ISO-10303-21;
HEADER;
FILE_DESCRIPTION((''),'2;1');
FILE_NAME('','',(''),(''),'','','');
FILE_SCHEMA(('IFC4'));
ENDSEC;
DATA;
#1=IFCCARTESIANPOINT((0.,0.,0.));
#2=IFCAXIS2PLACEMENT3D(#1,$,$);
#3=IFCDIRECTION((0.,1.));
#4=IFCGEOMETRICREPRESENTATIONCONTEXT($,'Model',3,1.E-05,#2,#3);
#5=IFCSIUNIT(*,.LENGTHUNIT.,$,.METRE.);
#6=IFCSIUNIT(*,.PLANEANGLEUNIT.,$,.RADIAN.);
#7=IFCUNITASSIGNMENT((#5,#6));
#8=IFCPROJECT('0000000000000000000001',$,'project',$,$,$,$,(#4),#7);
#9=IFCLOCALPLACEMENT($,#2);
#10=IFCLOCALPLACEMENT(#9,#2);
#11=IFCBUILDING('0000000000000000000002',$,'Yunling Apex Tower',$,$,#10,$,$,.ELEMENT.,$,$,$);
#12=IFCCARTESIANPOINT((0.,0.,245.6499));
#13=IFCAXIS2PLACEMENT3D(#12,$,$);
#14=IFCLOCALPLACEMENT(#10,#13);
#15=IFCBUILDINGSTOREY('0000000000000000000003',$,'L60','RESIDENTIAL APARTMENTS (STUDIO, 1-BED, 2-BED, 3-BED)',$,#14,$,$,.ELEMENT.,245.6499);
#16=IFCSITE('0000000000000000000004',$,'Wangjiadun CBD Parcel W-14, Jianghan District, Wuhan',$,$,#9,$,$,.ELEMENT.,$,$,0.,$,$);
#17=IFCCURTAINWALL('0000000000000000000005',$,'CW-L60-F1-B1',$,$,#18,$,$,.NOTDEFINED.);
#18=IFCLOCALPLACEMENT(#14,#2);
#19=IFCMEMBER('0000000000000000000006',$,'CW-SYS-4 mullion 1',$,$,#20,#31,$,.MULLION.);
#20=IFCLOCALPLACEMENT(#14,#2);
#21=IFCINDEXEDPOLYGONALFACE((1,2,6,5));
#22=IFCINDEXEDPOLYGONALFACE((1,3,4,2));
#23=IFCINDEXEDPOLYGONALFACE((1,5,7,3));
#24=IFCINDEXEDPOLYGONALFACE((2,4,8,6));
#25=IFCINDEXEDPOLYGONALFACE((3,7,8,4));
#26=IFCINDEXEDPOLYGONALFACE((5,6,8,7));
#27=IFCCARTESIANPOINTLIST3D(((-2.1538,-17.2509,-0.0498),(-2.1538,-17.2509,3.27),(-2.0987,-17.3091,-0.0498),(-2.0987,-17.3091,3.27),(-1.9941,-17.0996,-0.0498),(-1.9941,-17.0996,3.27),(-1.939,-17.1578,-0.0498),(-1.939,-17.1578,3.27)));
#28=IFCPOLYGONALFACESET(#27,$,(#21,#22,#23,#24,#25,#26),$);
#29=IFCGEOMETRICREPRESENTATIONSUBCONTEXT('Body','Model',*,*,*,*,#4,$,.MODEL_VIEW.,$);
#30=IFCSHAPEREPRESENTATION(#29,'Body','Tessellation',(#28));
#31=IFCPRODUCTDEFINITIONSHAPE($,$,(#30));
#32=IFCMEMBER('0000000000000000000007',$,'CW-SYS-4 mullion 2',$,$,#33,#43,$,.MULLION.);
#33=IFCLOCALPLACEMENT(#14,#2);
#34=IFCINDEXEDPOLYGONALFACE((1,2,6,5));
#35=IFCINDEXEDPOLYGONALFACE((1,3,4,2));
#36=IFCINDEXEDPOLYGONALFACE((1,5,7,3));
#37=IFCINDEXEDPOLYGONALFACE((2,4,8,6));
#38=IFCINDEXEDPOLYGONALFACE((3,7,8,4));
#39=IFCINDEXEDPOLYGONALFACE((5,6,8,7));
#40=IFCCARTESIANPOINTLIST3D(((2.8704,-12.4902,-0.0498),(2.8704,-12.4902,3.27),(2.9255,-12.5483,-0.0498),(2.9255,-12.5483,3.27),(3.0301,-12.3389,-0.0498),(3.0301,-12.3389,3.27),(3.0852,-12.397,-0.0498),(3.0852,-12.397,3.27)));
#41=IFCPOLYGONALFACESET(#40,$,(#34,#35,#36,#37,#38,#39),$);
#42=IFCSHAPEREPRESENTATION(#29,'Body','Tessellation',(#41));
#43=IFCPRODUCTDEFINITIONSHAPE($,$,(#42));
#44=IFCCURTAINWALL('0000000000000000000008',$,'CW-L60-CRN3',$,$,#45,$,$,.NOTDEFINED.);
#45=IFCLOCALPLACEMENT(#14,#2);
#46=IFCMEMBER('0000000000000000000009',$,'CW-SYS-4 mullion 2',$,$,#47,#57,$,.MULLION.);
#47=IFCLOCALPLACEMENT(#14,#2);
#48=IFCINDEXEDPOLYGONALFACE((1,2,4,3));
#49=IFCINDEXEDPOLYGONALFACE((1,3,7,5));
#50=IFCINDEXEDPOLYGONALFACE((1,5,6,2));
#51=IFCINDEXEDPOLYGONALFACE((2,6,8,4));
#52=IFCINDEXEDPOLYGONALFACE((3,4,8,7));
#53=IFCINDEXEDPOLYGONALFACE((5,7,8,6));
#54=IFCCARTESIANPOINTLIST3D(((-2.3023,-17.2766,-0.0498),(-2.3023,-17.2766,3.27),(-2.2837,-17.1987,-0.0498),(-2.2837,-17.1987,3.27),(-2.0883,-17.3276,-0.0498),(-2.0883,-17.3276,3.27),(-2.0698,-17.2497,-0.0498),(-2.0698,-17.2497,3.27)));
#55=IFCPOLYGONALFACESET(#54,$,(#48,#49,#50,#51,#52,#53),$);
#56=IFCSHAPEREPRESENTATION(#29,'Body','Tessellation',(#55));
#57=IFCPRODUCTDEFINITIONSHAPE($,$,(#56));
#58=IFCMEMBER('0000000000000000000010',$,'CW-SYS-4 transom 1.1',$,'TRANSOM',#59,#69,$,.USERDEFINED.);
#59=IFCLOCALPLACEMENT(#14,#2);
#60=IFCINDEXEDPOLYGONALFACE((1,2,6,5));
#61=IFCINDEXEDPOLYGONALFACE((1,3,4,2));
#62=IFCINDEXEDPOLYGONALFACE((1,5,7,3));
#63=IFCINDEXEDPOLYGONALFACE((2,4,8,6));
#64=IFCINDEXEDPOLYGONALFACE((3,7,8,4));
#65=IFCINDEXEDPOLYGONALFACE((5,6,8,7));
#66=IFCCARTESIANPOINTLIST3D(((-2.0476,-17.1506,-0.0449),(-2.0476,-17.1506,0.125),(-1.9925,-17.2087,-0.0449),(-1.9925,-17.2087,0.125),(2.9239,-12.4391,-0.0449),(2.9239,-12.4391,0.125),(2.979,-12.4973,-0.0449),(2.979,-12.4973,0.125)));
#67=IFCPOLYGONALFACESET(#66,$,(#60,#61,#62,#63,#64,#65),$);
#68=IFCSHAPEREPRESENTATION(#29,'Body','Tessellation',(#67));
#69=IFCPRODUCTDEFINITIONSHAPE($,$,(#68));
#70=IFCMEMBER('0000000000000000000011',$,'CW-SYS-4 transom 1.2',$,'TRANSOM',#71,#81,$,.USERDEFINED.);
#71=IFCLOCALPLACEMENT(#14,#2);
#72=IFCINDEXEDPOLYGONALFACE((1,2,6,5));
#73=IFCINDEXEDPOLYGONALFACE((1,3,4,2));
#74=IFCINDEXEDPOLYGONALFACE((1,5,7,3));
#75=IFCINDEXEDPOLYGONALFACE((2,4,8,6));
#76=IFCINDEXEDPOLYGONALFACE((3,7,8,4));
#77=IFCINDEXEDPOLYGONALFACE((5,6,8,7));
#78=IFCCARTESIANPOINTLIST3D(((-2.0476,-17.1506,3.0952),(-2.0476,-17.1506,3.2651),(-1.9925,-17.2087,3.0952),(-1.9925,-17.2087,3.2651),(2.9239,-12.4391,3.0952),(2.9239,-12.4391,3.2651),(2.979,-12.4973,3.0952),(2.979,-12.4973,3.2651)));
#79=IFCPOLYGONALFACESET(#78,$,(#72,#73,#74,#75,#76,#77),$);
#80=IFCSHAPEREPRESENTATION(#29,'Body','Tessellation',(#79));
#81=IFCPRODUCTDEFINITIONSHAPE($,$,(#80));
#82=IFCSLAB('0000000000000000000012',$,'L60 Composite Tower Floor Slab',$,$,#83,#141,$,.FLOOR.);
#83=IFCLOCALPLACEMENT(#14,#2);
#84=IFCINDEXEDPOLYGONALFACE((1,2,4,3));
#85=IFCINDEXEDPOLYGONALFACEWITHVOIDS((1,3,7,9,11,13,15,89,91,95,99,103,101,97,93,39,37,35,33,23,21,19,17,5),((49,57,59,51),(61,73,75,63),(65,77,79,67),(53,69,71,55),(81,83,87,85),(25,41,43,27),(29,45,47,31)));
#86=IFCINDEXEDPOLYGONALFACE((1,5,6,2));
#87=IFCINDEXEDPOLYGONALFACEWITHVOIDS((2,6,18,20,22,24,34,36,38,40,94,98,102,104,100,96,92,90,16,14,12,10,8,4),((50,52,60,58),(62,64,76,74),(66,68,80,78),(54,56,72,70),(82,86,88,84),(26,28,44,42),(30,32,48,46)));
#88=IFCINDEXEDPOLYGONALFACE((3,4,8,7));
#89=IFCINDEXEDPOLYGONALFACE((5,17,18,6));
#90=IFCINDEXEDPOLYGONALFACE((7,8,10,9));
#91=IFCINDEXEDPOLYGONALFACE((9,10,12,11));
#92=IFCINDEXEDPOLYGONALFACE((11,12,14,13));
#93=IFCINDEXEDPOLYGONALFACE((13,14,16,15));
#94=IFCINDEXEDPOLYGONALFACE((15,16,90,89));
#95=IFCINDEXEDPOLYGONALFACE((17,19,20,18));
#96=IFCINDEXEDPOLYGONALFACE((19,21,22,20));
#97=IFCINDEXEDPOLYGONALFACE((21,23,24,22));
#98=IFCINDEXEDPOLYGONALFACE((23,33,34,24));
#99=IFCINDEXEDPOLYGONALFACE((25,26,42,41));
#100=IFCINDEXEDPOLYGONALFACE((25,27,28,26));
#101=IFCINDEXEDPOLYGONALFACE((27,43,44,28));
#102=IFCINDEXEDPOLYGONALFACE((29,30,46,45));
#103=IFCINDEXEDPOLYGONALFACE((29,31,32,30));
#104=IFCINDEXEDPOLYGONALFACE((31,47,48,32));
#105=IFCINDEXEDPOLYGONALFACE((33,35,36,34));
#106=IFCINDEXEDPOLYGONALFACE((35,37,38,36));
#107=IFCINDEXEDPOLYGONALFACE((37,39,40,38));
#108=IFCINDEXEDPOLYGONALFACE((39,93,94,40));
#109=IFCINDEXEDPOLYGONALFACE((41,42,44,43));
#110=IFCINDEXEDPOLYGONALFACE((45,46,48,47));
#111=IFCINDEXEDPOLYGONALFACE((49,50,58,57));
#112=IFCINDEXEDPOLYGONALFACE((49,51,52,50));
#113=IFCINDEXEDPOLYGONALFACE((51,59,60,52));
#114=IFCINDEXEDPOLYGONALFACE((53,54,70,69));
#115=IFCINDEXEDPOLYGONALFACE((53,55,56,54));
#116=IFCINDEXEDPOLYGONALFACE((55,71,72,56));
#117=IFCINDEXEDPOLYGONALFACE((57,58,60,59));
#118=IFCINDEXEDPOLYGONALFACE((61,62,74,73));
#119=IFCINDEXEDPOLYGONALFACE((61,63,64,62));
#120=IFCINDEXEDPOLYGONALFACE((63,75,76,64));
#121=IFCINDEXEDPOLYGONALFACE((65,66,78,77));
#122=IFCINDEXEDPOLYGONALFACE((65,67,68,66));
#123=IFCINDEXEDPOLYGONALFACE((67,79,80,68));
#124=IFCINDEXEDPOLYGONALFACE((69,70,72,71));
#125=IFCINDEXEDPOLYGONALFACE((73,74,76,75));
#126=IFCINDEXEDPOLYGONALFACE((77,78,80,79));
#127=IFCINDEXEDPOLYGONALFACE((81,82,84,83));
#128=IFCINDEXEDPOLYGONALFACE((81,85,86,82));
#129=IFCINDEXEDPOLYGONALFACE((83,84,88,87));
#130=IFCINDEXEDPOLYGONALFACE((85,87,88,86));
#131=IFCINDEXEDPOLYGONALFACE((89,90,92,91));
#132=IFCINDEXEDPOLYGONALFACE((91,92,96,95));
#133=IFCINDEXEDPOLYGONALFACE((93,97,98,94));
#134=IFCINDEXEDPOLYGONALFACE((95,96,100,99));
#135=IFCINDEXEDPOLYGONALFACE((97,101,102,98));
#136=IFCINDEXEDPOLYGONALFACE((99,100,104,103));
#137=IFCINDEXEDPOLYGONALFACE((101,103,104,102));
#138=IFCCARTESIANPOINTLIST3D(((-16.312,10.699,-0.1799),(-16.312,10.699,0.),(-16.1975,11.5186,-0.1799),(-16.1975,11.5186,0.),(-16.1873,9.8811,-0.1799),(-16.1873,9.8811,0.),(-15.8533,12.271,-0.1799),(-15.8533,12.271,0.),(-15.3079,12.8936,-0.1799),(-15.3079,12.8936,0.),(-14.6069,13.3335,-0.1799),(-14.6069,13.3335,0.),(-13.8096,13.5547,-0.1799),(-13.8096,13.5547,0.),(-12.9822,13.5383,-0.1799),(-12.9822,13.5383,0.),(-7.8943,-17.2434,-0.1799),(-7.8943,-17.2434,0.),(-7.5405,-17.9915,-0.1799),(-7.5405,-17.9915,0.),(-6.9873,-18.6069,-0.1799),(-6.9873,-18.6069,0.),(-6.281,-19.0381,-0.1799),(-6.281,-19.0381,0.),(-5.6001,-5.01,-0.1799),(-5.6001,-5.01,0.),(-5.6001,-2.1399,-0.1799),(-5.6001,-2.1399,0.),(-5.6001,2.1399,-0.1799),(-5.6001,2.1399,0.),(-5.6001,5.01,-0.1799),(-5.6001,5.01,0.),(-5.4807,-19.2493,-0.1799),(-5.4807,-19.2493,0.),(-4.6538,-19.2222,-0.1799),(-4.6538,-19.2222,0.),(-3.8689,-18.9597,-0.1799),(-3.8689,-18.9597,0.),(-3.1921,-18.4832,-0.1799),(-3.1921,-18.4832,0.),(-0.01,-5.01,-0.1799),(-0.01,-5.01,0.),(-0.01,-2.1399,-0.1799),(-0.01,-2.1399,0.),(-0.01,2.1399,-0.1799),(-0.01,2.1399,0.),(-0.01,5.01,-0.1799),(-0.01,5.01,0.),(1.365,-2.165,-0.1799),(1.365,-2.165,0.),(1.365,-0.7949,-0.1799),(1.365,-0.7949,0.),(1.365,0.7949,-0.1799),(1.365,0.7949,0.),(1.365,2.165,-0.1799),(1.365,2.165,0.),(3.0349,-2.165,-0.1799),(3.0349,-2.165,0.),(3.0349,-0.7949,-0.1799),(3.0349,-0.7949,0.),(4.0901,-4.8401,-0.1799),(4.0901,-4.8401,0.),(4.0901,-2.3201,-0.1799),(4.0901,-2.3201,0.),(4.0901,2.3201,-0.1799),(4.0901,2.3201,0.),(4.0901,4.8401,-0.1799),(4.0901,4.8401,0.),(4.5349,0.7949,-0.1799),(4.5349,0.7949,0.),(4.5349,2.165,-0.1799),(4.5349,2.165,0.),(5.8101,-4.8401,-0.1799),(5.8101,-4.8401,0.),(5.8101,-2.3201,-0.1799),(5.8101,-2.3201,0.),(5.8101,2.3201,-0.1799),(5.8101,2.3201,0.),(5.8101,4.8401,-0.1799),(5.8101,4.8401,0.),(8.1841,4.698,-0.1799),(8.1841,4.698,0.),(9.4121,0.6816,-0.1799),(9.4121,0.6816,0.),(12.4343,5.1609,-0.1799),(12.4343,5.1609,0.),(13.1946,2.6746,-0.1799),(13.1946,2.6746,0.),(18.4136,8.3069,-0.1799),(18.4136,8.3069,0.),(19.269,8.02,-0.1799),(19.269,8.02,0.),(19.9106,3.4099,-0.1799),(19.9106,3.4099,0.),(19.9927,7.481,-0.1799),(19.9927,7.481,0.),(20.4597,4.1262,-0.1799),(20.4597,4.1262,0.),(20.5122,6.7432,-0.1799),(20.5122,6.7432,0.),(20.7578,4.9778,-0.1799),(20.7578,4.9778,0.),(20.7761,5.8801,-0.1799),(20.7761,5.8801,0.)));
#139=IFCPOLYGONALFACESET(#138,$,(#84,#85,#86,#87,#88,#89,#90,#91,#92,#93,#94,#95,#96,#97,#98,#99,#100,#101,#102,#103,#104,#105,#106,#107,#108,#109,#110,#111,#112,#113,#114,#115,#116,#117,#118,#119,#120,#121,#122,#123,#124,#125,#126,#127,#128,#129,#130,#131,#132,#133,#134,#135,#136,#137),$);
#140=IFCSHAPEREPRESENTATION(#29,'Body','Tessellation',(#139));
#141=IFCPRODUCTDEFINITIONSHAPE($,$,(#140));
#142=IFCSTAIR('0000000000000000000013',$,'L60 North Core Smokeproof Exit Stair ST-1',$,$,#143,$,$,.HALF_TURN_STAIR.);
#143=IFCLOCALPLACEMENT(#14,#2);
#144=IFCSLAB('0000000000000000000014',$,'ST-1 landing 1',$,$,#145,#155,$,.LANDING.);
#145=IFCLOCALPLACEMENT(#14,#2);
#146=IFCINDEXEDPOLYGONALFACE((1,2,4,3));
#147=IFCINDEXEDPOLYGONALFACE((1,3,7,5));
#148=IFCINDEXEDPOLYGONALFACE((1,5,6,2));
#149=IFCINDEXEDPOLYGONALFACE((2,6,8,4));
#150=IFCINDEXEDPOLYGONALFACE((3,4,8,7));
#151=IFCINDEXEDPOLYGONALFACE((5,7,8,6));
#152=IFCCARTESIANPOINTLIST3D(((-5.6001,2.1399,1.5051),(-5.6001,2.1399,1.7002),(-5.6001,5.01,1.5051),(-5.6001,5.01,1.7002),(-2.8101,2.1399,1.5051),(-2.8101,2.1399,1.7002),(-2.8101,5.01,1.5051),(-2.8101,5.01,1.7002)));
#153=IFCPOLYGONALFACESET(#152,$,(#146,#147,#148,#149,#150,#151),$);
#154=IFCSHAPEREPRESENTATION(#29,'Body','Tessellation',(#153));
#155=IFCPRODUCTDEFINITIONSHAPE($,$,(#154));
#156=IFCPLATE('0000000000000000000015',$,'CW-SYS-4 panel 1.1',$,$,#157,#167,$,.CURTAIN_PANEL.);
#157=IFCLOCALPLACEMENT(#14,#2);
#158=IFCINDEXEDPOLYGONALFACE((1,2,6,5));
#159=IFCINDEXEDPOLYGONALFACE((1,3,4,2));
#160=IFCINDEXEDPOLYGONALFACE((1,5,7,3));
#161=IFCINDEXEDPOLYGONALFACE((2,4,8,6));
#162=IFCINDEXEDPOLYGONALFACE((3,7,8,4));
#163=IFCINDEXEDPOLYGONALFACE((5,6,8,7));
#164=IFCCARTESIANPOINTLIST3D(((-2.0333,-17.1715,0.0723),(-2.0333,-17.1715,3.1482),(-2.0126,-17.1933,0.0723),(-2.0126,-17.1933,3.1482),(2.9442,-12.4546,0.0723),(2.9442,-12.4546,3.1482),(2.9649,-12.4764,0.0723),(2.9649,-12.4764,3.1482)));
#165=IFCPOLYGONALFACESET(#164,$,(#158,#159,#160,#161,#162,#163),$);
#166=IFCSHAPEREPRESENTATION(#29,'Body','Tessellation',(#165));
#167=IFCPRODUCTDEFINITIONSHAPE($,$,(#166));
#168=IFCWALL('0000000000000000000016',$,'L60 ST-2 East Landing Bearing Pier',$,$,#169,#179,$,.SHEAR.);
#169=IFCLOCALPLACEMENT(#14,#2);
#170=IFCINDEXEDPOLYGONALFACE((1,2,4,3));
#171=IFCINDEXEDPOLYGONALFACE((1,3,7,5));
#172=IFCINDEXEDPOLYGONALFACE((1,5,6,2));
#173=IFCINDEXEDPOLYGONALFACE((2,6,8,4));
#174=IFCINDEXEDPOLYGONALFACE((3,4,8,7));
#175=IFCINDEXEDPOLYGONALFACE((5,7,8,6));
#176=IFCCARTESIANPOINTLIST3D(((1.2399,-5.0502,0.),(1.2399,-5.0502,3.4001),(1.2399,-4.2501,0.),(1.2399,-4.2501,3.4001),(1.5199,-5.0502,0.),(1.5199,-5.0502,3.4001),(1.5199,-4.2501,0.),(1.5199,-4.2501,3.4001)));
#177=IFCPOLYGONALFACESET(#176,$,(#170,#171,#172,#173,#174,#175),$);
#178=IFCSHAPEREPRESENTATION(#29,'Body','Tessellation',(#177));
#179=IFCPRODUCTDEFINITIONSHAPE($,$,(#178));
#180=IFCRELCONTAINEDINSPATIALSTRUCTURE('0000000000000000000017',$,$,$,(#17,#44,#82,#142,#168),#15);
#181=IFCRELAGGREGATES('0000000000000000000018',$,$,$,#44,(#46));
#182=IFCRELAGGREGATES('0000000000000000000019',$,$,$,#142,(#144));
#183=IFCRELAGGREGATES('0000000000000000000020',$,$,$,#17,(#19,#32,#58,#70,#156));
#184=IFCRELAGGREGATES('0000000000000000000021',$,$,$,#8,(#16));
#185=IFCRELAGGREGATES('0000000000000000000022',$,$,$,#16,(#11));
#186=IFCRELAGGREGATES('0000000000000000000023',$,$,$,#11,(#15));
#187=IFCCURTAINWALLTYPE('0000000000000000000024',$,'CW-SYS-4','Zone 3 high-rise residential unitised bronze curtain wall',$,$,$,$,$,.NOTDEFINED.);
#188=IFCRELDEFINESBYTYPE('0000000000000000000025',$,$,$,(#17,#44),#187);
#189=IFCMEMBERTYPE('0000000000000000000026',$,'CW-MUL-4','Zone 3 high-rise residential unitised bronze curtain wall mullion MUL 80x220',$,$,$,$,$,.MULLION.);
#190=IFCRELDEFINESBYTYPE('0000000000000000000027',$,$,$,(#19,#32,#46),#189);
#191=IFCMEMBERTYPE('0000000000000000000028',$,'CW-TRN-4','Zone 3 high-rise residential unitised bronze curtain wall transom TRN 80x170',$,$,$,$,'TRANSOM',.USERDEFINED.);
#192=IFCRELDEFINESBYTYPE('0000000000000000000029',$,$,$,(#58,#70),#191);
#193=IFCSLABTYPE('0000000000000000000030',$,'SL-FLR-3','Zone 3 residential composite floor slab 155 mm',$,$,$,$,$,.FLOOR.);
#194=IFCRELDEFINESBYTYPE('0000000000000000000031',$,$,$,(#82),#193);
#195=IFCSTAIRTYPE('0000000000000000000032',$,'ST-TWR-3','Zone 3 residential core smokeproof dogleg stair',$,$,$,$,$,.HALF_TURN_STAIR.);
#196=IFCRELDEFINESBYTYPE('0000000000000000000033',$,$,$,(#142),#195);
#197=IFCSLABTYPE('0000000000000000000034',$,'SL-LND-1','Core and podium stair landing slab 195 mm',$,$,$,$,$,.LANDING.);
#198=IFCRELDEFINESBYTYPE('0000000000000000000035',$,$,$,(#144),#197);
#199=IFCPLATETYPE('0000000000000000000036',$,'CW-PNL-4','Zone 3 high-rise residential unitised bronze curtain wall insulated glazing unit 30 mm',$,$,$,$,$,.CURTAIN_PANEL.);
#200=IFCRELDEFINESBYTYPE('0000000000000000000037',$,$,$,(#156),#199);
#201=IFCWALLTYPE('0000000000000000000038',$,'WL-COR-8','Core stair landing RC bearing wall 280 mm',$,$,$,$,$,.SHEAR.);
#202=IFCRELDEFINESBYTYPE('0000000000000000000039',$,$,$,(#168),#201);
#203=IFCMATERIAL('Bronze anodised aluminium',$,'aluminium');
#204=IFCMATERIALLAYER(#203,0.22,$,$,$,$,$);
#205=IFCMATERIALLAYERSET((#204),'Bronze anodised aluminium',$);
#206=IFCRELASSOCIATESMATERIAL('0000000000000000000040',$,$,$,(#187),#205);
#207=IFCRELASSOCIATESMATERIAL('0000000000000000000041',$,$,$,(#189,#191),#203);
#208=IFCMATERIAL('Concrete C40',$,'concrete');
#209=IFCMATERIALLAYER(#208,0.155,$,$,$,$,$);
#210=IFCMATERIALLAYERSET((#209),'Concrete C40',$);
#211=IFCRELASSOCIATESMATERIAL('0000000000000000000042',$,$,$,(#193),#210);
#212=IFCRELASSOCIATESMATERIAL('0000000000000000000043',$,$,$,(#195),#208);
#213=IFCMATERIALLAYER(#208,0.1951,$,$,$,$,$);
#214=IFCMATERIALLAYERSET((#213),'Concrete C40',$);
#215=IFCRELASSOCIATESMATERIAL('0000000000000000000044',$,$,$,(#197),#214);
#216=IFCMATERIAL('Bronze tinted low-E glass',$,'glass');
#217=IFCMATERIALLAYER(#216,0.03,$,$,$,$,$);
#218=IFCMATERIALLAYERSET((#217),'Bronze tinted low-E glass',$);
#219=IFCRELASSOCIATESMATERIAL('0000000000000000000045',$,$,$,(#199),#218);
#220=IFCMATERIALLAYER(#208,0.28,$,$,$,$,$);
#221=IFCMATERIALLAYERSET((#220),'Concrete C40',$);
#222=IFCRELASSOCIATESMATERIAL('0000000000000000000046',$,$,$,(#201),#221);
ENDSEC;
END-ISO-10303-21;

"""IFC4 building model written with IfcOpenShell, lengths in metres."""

from ifc_helpers import new_model, si_unit, direction, frame, frame_2d, origin, origin_2d, place, context, subcontext, project, spatial, polyline, rectangle, outline, extrude, source, transform, mapped, material, layer, layer_set, material_profile, profile_set, type_object, element, aggregate, save


model = new_model("IFC4")

# Units and contexts
model_context = context("Model", 3, precision=1e-05, world=origin(), true_north=direction((0.0, 1.0)))
body_context = subcontext(model_context, "Body", "Model", "MODEL_VIEW")
ifc_project = project(units=[si_unit("LENGTHUNIT", "METRE"), si_unit("PLANEANGLEUNIT", "RADIAN")], contexts=[model_context])

# Site, building, storey
site_placement = place(None, origin())
site = spatial("IfcSite", under=ifc_project, at=site_placement, Name="Wangjiadun CBD Parcel W-14, Jianghan District, Wuhan", CompositionType="ELEMENT", RefElevation=0.0)
building_placement = place(site_placement, origin())
building = spatial("IfcBuilding", under=site, at=building_placement, Name="Yunling Apex Tower", CompositionType="ELEMENT")
storey_placement = place(building_placement, frame((0.0, 0.0, 245.6499)))
storey = spatial("IfcBuildingStorey", under=building, at=storey_placement, Name="L60", Description="RESIDENTIAL APARTMENTS (STUDIO, 1-BED, 2-BED, 3-BED)", CompositionType="ELEMENT", Elevation=245.6499)

# Curtain wall, members
ifc_material_1 = material(Name="Bronze anodised aluminium", Category="aluminium")
ifc_layer_1 = layer(ifc_material_1, 0.22)
ifc_layer_set_1 = layer_set([ifc_layer_1], Name="Bronze anodised aluminium")
curtain_wall_type = type_object("IfcCurtainWallType", Name="CW-SYS-4", Description="Zone 3 high-rise residential unitised bronze curtain wall", PredefinedType="NOTDEFINED", material=ifc_layer_set_1)
curtain_wall_1_placement = place(storey_placement, origin())
curtain_wall_1 = element("IfcCurtainWall", 1, at=curtain_wall_1_placement, inside=storey, type_object=curtain_wall_type, Name="CW-L60-F1-B1", PredefinedType="NOTDEFINED")
ifc_material_profile_1 = material_profile(ifc_material_1, rectangle(XDim=0.0801, YDim=0.22, at=origin_2d()))
ifc_profile_set_1 = profile_set([ifc_material_profile_1], Name="Bronze anodised aluminium")
member_type_1 = type_object("IfcMemberType", Name="CW-MUL-4", Description="Zone 3 high-rise residential unitised bronze curtain wall mullion MUL 80x220", PredefinedType="MULLION", material=ifc_profile_set_1)
shared_shape_1 = source(origin(), body_context, "Body", "SweptSolid", [
    extrude(rectangle(XDim=0.0801, YDim=0.22, at=origin_2d()), origin(), (0.0, 0.0, 1.0), 3.3198),
])
member_1_placement = place(storey_placement, frame((-2.0464, -17.2043, -0.0498), z_axis=(0.0, 0.0, 1.0), x_axis=(-0.687848, 0.725855, 0.0)))
member_1 = element("IfcMember", 2, at=member_1_placement, type_object=member_type_1, Name="CW-SYS-4 mullion 1", PredefinedType="MULLION", context=body_context, shape_type="MappedRepresentation", body=[
    mapped(shared_shape_1, transform((0.0, 0.0, 0.0), scale=1.0)),
])
member_2_placement = place(storey_placement, frame((2.9778, -12.4436, -0.0498), z_axis=(0.0, 0.0, 1.0), x_axis=(-0.687848, 0.725855, 0.0)))
member_2 = element("IfcMember", 3, at=member_2_placement, type_object=member_type_1, Name="CW-SYS-4 mullion 2", PredefinedType="MULLION", context=body_context, shape_type="MappedRepresentation", body=[
    mapped(shared_shape_1, transform((0.0, 0.0, 0.0), scale=1.0)),
])

# Curtain wall, member
curtain_wall_2_placement = place(storey_placement, origin())
curtain_wall_2 = element("IfcCurtainWall", 4, at=curtain_wall_2_placement, inside=storey, type_object=curtain_wall_type, Name="CW-L60-CRN3", PredefinedType="NOTDEFINED")
member_3_placement = place(storey_placement, frame((-2.186, -17.2632, -0.0498), z_axis=(0.0, 0.0, 1.0), x_axis=(0.231809, 0.972761, 0.0)))
member_3 = element("IfcMember", 5, at=member_3_placement, type_object=member_type_1, Name="CW-SYS-4 mullion 2", PredefinedType="MULLION", context=body_context, shape_type="MappedRepresentation", body=[
    mapped(shared_shape_1, transform((0.0, 0.0, 0.0), scale=1.0)),
])
aggregate(curtain_wall_2, [member_3])

# Members
ifc_material_profile_2 = material_profile(ifc_material_1, rectangle(XDim=0.0801, YDim=0.1699, at=origin_2d()))
ifc_profile_set_2 = profile_set([ifc_material_profile_2], Name="Bronze anodised aluminium")
member_type_2 = type_object("IfcMemberType", Name="CW-TRN-4", Description="Zone 3 high-rise residential unitised bronze curtain wall transom TRN 80x170", ElementType="TRANSOM", PredefinedType="USERDEFINED", material=ifc_profile_set_2)
shared_shape_2 = source(origin(), body_context, "Body", "SweptSolid", [
    extrude(rectangle(XDim=0.0801, YDim=0.1699, at=origin_2d()), origin(), (0.0, 0.0, 1.0), 6.8494),
])
member_4_placement = place(storey_placement, frame((-2.02, -17.1797, 0.04), z_axis=(0.725833, 0.687871, 0.0), x_axis=(-0.687871, 0.725833, 0.0)))
member_4 = element("IfcMember", 6, at=member_4_placement, type_object=member_type_2, Name="CW-SYS-4 transom 1.1", ObjectType="TRANSOM", PredefinedType="USERDEFINED", context=body_context, shape_type="MappedRepresentation", body=[
    mapped(shared_shape_2, transform((0.0, 0.0, 0.0), scale=1.0)),
])
member_5_placement = place(storey_placement, frame((-2.02, -17.1797, 3.1802), z_axis=(0.725833, 0.687871, 0.0), x_axis=(-0.687871, 0.725833, 0.0)))
member_5 = element("IfcMember", 7, at=member_5_placement, type_object=member_type_2, Name="CW-SYS-4 transom 1.2", ObjectType="TRANSOM", PredefinedType="USERDEFINED", context=body_context, shape_type="MappedRepresentation", body=[
    mapped(shared_shape_2, transform((0.0, 0.0, 0.0), scale=1.0)),
])

# Slab
ifc_material_2 = material(Name="Concrete C40", Category="concrete")
ifc_layer_2 = layer(ifc_material_2, 0.155)
ifc_layer_set_2 = layer_set([ifc_layer_2], Name="Concrete C40")
slab_type_1 = type_object("IfcSlabType", Name="SL-FLR-3", Description="Zone 3 residential composite floor slab 155 mm", PredefinedType="FLOOR", material=ifc_layer_set_2)
slab_1_placement = place(storey_placement, frame((0.0, 0.0, -0.1799)))
element("IfcSlab", 8, at=slab_1_placement, inside=storey, type_object=slab_type_1, Name="L60 Composite Tower Floor Slab", PredefinedType="FLOOR", context=body_context, shape_type="SweptSolid", body=[
    extrude(outline(polyline([(-7.8943, -17.2434), (-7.5405, -17.9915), (-6.9873, -18.6069), (-6.281, -19.0381), (-5.4807, -19.2493), (-4.6538, -19.2222), (-3.8689, -18.9597), (-3.1921, -18.4832), (19.9106, 3.4099), (20.4597, 4.1262), (20.7578, 4.9778), (20.7761, 5.8801), (20.5122, 6.7432), (19.9927, 7.481), (19.269, 8.02), (18.4136, 8.3069), (-12.9822, 13.5383), (-13.8096, 13.5547), (-14.6069, 13.3335), (-15.3079, 12.8936), (-15.8533, 12.271), (-16.1975, 11.5186), (-16.312, 10.699), (-16.1873, 9.8811), (-7.8943, -17.2434)]), holes=[polyline([(8.1841, 4.698), (12.4343, 5.1609), (13.1946, 2.6746), (9.4121, 0.6816), (8.1841, 4.698)]), polyline([(4.0901, -2.3201), (5.8101, -2.3201), (5.8101, -4.8401), (4.0901, -4.8401), (4.0901, -2.3201)]), polyline([(4.0901, 4.8401), (5.8101, 4.8401), (5.8101, 2.3201), (4.0901, 2.3201), (4.0901, 4.8401)]), polyline([(1.365, 0.7949), (1.365, 2.165), (4.5349, 2.165), (4.5349, 0.7949), (1.365, 0.7949)]), polyline([(1.365, -0.7949), (3.0349, -0.7949), (3.0349, -2.165), (1.365, -2.165), (1.365, -0.7949)]), polyline([(-0.01, -5.01), (-5.6001, -5.01), (-5.6001, -2.1399), (-0.01, -2.1399), (-0.01, -5.01)]), polyline([(-0.01, 2.1399), (-5.6001, 2.1399), (-5.6001, 5.01), (-0.01, 5.01), (-0.01, 2.1399)])]), origin(), (0.0, 0.0, 1.0), 0.1799),
])

# Stair, slab
stair_type = type_object("IfcStairType", Name="ST-TWR-3", Description="Zone 3 residential core smokeproof dogleg stair", PredefinedType="HALF_TURN_STAIR", material=ifc_material_2)
stair_1_placement = place(storey_placement, origin())
stair_1 = element("IfcStair", 9, at=stair_1_placement, inside=storey, type_object=stair_type, Name="L60 North Core Smokeproof Exit Stair ST-1", PredefinedType="HALF_TURN_STAIR")
ifc_layer_3 = layer(ifc_material_2, 0.1951)
ifc_layer_set_3 = layer_set([ifc_layer_3], Name="Concrete C40")
slab_type_2 = type_object("IfcSlabType", Name="SL-LND-1", Description="Core and podium stair landing slab 195 mm", PredefinedType="LANDING", material=ifc_layer_set_3)
slab_2_placement = place(storey_placement, frame((0.0, 0.0, 1.5051)))
slab_2 = element("IfcSlab", 10, at=slab_2_placement, type_object=slab_type_2, Name="ST-1 landing 1", PredefinedType="LANDING", context=body_context, shape_type="SweptSolid", body=[
    extrude(outline(polyline([(-2.8101, 5.01), (-5.6001, 5.01), (-5.6001, 2.1399), (-2.8101, 2.1399), (-2.8101, 5.01)])), origin(), (0.0, 0.0, 1.0), 0.1951),
])
aggregate(stair_1, [slab_2])

# Plate
ifc_material_3 = material(Name="Bronze tinted low-E glass", Category="glass")
ifc_layer_4 = layer(ifc_material_3, 0.03)
ifc_layer_set_4 = layer_set([ifc_layer_4], Name="Bronze tinted low-E glass")
plate_type = type_object("IfcPlateType", Name="CW-PNL-4", Description="Zone 3 high-rise residential unitised bronze curtain wall insulated glazing unit 30 mm", PredefinedType="CURTAIN_PANEL", material=ifc_layer_set_4)
shared_shape_3 = source(origin(), body_context, "Body", "SweptSolid", [
    extrude(rectangle(XDim=6.8574, YDim=0.03, at=origin_2d()), origin(), (0.0, 0.0, 1.0), 3.0759),
])
plate_placement = place(storey_placement, frame((0.4658, -14.824, 0.0723), z_axis=(0.0, 0.0, 1.0), x_axis=(0.725855, 0.687848, 0.0)))
plate = element("IfcPlate", 11, at=plate_placement, type_object=plate_type, Name="CW-SYS-4 panel 1.1", PredefinedType="CURTAIN_PANEL", context=body_context, shape_type="MappedRepresentation", body=[
    mapped(shared_shape_3, transform((0.0, 0.0, 0.0), scale=1.0)),
])
aggregate(curtain_wall_1, [member_1, member_2, member_4, member_5, plate])

# Wall
ifc_layer_5 = layer(ifc_material_2, 0.28)
ifc_layer_set_5 = layer_set([ifc_layer_5], Name="Concrete C40")
wall_type_1 = type_object("IfcWallType", Name="WL-COR-8", Description="Core stair landing RC bearing wall 280 mm", PredefinedType="SHEAR", material=ifc_layer_set_5)
wall_1_placement = place(storey_placement, frame((1.3799, -5.05, 0.0), z_axis=(0.0, 0.0, 1.0), x_axis=(0.0, 1.0, 0.0)))
element("IfcWall", 12, at=wall_1_placement, inside=storey, type_object=wall_type_1, Name="L60 ST-2 East Landing Bearing Pier", PredefinedType="SHEAR", context=body_context, shape_type="SweptSolid", body=[
    extrude(rectangle(XDim=0.8, YDim=0.28, at=frame_2d((0.3999, 0.0))), origin(), (0.0, 0.0, 1.0), 3.4001),
])

save(model, "model.ifc")
